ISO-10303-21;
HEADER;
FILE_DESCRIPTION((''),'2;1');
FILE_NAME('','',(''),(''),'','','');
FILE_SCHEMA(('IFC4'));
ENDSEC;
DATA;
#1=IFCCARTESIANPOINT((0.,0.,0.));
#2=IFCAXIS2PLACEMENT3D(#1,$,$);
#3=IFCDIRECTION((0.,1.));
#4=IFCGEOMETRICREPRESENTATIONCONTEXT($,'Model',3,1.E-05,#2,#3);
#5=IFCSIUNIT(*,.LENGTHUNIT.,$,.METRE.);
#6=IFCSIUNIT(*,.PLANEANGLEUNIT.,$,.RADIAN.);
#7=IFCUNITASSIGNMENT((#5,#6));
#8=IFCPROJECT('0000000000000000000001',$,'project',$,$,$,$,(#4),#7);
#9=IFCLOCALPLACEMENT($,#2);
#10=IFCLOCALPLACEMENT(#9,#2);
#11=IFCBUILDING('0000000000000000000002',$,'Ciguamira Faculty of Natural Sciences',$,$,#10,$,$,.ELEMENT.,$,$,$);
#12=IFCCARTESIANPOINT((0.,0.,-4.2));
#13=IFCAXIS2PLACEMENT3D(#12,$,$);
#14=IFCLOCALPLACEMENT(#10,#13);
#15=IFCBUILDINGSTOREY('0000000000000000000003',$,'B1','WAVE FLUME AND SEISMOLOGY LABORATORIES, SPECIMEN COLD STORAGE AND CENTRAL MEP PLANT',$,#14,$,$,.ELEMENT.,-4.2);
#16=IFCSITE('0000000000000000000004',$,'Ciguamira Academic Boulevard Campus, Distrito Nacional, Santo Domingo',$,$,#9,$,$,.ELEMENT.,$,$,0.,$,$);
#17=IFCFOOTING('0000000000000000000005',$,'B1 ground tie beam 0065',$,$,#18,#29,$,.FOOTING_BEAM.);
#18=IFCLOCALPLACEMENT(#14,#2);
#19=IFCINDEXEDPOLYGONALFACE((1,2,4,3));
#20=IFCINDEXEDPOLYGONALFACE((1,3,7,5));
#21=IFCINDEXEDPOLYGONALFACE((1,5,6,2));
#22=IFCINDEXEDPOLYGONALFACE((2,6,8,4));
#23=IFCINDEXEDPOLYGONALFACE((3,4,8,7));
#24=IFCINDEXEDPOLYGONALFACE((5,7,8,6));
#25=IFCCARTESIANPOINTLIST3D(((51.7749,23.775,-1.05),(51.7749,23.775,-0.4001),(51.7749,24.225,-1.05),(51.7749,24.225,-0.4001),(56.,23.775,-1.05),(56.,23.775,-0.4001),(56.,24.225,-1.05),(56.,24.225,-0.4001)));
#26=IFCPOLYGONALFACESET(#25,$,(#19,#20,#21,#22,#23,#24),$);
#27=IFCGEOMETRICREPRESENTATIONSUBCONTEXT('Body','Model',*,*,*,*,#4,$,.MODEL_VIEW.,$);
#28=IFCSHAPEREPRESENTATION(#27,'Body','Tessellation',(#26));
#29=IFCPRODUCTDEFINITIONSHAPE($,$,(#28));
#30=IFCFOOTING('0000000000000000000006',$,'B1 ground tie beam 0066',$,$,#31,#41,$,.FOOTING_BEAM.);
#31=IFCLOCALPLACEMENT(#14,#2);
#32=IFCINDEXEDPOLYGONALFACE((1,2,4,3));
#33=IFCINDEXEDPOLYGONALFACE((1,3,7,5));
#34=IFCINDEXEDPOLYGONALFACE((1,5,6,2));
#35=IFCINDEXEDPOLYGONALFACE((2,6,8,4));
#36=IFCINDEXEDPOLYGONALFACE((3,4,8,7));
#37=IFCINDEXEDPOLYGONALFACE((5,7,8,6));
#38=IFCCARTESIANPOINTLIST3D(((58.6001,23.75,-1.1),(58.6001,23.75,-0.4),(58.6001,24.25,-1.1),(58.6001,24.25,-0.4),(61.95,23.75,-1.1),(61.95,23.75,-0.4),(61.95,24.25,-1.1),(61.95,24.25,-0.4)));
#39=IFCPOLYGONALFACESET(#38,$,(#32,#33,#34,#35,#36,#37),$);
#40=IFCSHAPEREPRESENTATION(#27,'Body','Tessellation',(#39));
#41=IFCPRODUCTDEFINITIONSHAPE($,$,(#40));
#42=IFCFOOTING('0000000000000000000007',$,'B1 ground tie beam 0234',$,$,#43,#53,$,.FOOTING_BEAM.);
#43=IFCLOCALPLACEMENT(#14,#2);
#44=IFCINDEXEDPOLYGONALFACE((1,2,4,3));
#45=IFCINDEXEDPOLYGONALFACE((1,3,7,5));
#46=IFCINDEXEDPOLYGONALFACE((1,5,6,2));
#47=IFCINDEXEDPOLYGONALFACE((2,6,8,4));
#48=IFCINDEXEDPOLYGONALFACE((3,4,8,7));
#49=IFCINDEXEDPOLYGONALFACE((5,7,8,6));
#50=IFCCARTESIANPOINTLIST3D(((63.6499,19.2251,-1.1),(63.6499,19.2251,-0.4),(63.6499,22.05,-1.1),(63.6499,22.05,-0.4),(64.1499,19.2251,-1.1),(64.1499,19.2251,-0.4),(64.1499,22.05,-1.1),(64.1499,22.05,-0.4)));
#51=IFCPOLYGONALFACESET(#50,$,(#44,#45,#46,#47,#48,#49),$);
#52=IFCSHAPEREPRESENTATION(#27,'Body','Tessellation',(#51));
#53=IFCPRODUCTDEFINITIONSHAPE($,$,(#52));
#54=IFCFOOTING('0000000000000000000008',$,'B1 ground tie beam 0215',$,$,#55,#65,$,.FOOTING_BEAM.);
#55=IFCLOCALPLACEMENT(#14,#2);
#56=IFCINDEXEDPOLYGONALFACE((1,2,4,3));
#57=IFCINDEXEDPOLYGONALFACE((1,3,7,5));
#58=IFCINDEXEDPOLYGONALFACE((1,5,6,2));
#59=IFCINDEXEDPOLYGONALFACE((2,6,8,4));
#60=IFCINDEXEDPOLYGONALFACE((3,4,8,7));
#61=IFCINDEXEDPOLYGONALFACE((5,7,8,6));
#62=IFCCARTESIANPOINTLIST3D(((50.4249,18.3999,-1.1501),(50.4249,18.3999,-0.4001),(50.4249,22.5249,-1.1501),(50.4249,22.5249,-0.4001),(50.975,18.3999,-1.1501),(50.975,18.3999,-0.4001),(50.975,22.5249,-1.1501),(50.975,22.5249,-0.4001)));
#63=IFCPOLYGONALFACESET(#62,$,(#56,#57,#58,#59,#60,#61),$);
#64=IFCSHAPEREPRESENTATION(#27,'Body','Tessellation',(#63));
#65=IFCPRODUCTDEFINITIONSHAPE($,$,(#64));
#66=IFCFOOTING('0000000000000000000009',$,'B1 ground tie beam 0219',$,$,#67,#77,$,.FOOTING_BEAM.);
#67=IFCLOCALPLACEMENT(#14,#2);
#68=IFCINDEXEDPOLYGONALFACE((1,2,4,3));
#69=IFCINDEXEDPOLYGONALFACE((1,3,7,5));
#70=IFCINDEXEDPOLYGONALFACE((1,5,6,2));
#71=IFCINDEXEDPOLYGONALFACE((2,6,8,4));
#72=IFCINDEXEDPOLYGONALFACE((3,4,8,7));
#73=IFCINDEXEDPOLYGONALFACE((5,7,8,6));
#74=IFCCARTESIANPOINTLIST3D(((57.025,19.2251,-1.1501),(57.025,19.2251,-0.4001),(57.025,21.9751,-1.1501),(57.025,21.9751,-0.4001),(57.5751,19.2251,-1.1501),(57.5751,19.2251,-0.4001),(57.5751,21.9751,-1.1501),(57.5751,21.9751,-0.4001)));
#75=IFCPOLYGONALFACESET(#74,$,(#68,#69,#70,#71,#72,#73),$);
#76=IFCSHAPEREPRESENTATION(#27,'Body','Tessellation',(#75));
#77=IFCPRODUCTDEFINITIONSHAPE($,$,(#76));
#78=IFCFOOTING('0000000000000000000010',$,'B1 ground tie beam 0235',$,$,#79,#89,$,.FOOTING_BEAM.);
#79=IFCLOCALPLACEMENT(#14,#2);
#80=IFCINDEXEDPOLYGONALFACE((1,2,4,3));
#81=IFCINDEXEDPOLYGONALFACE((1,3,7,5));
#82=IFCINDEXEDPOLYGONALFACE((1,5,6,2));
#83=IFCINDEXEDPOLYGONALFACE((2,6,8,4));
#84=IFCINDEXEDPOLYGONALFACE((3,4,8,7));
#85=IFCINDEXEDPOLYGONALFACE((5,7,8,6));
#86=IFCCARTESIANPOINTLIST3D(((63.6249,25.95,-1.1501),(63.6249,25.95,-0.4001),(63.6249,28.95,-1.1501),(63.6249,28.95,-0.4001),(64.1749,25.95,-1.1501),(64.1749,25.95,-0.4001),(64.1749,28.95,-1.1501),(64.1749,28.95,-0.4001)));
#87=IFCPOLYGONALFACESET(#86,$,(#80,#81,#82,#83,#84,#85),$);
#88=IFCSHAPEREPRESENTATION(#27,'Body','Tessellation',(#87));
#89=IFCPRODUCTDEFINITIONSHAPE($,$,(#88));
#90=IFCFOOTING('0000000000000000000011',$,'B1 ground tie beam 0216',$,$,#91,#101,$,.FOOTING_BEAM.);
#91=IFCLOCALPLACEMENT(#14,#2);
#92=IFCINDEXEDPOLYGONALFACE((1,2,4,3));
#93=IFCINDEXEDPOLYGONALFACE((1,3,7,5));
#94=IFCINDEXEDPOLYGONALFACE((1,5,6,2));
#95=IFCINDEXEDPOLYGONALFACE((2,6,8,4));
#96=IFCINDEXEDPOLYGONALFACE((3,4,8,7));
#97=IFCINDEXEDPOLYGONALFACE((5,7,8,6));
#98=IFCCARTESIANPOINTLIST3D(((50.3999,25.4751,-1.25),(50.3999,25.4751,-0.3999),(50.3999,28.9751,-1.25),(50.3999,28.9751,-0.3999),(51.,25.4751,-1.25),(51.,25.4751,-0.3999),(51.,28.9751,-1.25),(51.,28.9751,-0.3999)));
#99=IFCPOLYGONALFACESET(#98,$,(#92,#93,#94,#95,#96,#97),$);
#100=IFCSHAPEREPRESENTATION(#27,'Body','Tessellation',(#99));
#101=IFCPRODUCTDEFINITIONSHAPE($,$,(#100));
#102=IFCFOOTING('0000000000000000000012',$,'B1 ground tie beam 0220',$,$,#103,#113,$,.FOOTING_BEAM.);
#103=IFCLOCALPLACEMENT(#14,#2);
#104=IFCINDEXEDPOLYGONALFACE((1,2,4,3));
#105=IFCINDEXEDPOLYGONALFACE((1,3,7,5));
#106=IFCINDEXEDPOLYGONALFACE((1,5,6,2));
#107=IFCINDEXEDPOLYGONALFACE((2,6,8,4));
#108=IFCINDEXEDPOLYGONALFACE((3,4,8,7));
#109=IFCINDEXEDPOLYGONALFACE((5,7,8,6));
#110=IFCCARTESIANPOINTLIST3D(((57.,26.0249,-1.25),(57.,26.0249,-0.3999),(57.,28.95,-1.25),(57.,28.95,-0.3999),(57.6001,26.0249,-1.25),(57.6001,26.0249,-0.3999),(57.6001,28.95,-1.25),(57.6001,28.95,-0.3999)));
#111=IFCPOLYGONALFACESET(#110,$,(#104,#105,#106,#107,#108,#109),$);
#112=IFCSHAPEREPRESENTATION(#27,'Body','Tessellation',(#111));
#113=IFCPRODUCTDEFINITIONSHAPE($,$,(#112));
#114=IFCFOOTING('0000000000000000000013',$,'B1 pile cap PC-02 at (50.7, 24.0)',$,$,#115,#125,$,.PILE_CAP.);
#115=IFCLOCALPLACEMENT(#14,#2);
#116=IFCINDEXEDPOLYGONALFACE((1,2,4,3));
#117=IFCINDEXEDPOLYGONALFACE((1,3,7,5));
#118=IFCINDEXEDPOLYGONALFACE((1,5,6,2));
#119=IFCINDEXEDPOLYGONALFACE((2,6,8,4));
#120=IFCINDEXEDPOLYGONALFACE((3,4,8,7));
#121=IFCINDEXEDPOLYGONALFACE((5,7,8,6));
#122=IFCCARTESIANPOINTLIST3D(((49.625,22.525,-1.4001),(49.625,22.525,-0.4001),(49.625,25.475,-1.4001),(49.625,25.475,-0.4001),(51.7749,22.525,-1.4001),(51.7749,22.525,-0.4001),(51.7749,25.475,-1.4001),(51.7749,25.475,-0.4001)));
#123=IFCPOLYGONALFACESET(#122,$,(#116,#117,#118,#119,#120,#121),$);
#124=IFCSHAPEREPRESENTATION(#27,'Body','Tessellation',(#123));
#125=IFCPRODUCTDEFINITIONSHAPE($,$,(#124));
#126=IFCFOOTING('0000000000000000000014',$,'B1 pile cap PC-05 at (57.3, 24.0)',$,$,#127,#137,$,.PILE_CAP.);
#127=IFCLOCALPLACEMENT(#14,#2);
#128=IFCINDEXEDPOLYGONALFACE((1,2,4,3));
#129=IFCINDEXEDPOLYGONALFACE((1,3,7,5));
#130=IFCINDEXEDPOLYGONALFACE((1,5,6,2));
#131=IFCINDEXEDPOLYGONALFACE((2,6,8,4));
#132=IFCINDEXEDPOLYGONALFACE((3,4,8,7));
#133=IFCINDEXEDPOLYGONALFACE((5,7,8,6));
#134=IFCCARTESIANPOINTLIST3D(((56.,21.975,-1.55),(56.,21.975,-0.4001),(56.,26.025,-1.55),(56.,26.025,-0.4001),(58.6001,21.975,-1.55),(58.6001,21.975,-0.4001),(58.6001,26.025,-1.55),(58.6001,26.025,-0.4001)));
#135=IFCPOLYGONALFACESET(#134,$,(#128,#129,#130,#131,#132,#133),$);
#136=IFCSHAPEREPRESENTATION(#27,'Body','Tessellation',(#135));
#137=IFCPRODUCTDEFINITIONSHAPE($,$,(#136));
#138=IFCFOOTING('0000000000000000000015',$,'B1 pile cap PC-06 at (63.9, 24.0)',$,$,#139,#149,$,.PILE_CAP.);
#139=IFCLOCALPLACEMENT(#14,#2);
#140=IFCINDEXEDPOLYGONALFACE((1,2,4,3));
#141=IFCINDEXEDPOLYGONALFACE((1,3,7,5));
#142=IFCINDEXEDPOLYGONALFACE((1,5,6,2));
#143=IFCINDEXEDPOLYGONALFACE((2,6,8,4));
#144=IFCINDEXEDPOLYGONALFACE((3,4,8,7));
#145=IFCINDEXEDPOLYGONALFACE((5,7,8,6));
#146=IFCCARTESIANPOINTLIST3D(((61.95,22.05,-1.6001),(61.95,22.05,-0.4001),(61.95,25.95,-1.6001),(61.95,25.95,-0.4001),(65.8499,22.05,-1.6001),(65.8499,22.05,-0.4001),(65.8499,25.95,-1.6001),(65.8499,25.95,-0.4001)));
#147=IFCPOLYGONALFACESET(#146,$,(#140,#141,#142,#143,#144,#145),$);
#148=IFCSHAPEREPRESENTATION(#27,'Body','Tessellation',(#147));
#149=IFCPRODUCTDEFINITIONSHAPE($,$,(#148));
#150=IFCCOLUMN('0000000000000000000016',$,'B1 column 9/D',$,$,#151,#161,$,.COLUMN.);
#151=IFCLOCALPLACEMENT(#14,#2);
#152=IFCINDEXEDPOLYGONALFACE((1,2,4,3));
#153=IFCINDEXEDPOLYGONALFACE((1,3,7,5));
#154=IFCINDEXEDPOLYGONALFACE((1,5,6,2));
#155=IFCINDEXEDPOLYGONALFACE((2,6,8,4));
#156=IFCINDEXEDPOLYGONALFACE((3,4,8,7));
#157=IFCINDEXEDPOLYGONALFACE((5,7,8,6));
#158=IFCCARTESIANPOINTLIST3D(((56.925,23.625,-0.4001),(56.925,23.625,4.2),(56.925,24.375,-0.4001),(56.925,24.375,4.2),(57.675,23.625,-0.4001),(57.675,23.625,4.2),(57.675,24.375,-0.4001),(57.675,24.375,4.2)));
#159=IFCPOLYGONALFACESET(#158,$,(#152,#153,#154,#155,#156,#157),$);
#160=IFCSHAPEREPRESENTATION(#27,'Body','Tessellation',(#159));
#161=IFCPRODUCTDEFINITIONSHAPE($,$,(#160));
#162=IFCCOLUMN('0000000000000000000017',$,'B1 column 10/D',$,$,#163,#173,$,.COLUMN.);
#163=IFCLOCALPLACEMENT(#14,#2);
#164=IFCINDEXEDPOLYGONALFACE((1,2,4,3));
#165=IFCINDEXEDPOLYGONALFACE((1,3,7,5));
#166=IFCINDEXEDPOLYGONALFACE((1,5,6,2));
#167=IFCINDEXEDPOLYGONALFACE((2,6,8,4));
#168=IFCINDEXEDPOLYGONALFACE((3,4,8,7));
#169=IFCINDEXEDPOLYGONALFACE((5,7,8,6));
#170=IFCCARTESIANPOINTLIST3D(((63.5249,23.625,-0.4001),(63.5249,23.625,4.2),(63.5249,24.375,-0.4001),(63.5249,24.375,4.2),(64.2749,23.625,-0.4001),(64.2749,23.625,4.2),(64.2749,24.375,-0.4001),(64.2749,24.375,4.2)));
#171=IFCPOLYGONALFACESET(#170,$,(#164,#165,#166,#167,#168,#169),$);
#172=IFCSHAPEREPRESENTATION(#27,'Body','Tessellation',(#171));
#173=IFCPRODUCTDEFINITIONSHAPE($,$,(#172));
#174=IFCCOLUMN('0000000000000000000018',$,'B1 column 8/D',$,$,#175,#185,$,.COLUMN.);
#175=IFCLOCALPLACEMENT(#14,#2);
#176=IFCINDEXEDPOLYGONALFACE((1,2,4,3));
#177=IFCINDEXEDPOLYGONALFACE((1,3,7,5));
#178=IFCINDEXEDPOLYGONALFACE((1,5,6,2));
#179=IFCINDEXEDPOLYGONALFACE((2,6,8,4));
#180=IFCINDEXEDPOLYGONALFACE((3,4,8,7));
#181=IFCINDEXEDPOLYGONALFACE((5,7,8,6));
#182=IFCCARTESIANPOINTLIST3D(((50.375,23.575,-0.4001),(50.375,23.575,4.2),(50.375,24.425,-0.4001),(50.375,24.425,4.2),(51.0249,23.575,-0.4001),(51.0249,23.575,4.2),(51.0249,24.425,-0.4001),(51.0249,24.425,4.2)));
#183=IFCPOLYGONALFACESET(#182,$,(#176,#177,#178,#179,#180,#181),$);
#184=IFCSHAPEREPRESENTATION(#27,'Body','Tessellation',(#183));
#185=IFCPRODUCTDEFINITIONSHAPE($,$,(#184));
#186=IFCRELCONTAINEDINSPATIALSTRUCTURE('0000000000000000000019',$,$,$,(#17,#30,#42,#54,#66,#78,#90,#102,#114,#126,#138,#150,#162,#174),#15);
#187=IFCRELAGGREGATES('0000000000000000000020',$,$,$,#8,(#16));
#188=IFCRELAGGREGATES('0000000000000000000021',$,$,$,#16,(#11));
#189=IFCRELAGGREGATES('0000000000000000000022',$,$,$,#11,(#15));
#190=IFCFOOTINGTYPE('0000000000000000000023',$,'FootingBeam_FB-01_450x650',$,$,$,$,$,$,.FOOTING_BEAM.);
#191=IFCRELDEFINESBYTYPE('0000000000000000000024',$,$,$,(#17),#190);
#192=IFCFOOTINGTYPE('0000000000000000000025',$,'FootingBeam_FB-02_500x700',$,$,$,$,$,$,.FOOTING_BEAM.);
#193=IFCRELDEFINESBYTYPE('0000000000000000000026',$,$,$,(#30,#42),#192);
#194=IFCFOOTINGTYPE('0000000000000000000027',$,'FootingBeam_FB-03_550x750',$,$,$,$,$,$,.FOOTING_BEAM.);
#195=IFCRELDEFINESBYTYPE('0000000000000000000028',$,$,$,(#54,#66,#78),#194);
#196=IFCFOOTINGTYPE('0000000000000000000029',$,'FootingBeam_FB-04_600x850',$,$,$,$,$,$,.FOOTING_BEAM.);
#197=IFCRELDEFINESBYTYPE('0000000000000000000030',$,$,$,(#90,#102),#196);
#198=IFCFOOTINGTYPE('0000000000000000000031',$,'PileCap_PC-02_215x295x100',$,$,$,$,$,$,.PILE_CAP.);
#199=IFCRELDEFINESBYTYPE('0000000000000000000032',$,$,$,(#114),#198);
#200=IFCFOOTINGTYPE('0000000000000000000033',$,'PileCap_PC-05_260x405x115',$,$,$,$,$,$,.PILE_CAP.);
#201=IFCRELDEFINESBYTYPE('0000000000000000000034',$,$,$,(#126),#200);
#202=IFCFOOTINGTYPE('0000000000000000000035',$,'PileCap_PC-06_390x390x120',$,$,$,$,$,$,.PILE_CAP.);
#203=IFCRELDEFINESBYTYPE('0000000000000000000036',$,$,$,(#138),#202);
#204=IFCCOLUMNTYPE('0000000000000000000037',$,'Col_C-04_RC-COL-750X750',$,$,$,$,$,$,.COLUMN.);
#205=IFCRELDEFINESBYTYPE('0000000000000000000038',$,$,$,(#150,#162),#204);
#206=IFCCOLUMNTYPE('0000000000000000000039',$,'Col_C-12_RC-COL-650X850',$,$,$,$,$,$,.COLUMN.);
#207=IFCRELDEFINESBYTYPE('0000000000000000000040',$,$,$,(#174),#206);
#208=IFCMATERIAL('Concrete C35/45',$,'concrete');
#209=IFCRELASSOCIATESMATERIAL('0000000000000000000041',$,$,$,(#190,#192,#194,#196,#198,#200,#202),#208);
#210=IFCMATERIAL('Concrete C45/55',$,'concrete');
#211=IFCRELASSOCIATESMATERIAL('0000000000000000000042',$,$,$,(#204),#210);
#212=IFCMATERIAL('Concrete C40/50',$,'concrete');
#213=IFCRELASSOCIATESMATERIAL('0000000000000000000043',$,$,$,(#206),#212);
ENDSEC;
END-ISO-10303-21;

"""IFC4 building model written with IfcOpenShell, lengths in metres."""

from ifc_helpers import new_model, si_unit, direction, frame, origin, origin_2d, place, context, subcontext, project, spatial, rectangle, extrude, material, material_profile, profile_set, type_object, element, save


model = new_model("IFC4")

# Units and contexts
model_context = context("Model", 3, precision=1e-05, world=origin(), true_north=direction((0.0, 1.0)))
body_context = subcontext(model_context, "Body", "Model", "MODEL_VIEW")
ifc_project = project(units=[si_unit("LENGTHUNIT", "METRE"), si_unit("PLANEANGLEUNIT", "RADIAN")], contexts=[model_context])

# Site, building, storey
site_placement = place(None, origin())
site = spatial("IfcSite", under=ifc_project, at=site_placement, Name="Ciguamira Academic Boulevard Campus, Distrito Nacional, Santo Domingo", CompositionType="ELEMENT", RefElevation=0.0)
building_placement = place(site_placement, origin())
building = spatial("IfcBuilding", under=site, at=building_placement, Name="Ciguamira Faculty of Natural Sciences", CompositionType="ELEMENT")
storey_placement = place(building_placement, frame((0.0, 0.0, -4.2)))
storey = spatial("IfcBuildingStorey", under=building, at=storey_placement, Name="B1", Description="WAVE FLUME AND SEISMOLOGY LABORATORIES, SPECIMEN COLD STORAGE AND CENTRAL MEP PLANT", CompositionType="ELEMENT", Elevation=-4.2)

# Shared definitions
ifc_material_1 = material(Name="Concrete C35/45", Category="concrete")

# Footings
ifc_material_profile_1 = material_profile(ifc_material_1, rectangle(XDim=0.45, YDim=0.6499, at=origin_2d()), Name="RC-FB-450X650")
ifc_profile_set_1 = profile_set([ifc_material_profile_1], Name="Concrete C35/45")
footing_type_1 = type_object("IfcFootingType", Name="FootingBeam_FB-01_450x650", PredefinedType="FOOTING_BEAM", material=ifc_profile_set_1)
footing_1_placement = place(storey_placement, frame((51.7749, 24.0, -0.7251), z_axis=(1.0, 0.0, 0.0), x_axis=(0.0, 1.0, 0.0)))
element("IfcFooting", 1, at=footing_1_placement, inside=storey, type_object=footing_type_1, Name="B1 ground tie beam 0065", PredefinedType="FOOTING_BEAM", context=body_context, shape_type="SweptSolid", body=[
    extrude(rectangle(XDim=0.45, YDim=0.6499, at=origin_2d()), origin(), (0.0, 0.0, 1.0), 4.2251),
])
ifc_material_profile_2 = material_profile(ifc_material_1, rectangle(XDim=0.5, YDim=0.7, at=origin_2d()), Name="RC-FB-500X700")
ifc_profile_set_2 = profile_set([ifc_material_profile_2], Name="Concrete C35/45")
footing_type_2 = type_object("IfcFootingType", Name="FootingBeam_FB-02_500x700", PredefinedType="FOOTING_BEAM", material=ifc_profile_set_2)
footing_2_placement = place(storey_placement, frame((58.6001, 24.0, -0.75), z_axis=(1.0, 0.0, 0.0), x_axis=(0.0, 1.0, 0.0)))
element("IfcFooting", 2, at=footing_2_placement, inside=storey, type_object=footing_type_2, Name="B1 ground tie beam 0066", PredefinedType="FOOTING_BEAM", context=body_context, shape_type="SweptSolid", body=[
    extrude(rectangle(XDim=0.5, YDim=0.7, at=origin_2d()), origin(), (0.0, 0.0, 1.0), 3.3499),
])
footing_3_placement = place(storey_placement, frame((63.8999, 19.2251, -0.75), z_axis=(0.0, 1.0, 0.0), x_axis=(-1.0, 0.0, 0.0)))
element("IfcFooting", 3, at=footing_3_placement, inside=storey, type_object=footing_type_2, Name="B1 ground tie beam 0234", PredefinedType="FOOTING_BEAM", context=body_context, shape_type="SweptSolid", body=[
    extrude(rectangle(XDim=0.5, YDim=0.7, at=origin_2d()), origin(), (0.0, 0.0, 1.0), 2.825),
])
ifc_material_profile_3 = material_profile(ifc_material_1, rectangle(XDim=0.55, YDim=0.75, at=origin_2d()), Name="RC-FB-550X750")
ifc_profile_set_3 = profile_set([ifc_material_profile_3], Name="Concrete C35/45")
footing_type_3 = type_object("IfcFootingType", Name="FootingBeam_FB-03_550x750", PredefinedType="FOOTING_BEAM", material=ifc_profile_set_3)
footing_4_placement = place(storey_placement, frame((50.7, 18.3999, -0.7751), z_axis=(0.0, 1.0, 0.0), x_axis=(-1.0, 0.0, 0.0)))
element("IfcFooting", 4, at=footing_4_placement, inside=storey, type_object=footing_type_3, Name="B1 ground tie beam 0215", PredefinedType="FOOTING_BEAM", context=body_context, shape_type="SweptSolid", body=[
    extrude(rectangle(XDim=0.55, YDim=0.75, at=origin_2d()), origin(), (0.0, 0.0, 1.0), 4.125),
])
footing_5_placement = place(storey_placement, frame((57.3, 19.2251, -0.7751), z_axis=(0.0, 1.0, 0.0), x_axis=(-1.0, 0.0, 0.0)))
element("IfcFooting", 5, at=footing_5_placement, inside=storey, type_object=footing_type_3, Name="B1 ground tie beam 0219", PredefinedType="FOOTING_BEAM", context=body_context, shape_type="SweptSolid", body=[
    extrude(rectangle(XDim=0.55, YDim=0.75, at=origin_2d()), origin(), (0.0, 0.0, 1.0), 2.75),
])
footing_6_placement = place(storey_placement, frame((63.8999, 25.95, -0.7751), z_axis=(0.0, 1.0, 0.0), x_axis=(-1.0, 0.0, 0.0)))
element("IfcFooting", 6, at=footing_6_placement, inside=storey, type_object=footing_type_3, Name="B1 ground tie beam 0235", PredefinedType="FOOTING_BEAM", context=body_context, shape_type="SweptSolid", body=[
    extrude(rectangle(XDim=0.55, YDim=0.75, at=origin_2d()), origin(), (0.0, 0.0, 1.0), 3.0),
])
ifc_material_profile_4 = material_profile(ifc_material_1, rectangle(XDim=0.6001, YDim=0.8501, at=origin_2d()), Name="RC-FB-600X850")
ifc_profile_set_4 = profile_set([ifc_material_profile_4], Name="Concrete C35/45")
footing_type_4 = type_object("IfcFootingType", Name="FootingBeam_FB-04_600x850", PredefinedType="FOOTING_BEAM", material=ifc_profile_set_4)
footing_7_placement = place(storey_placement, frame((50.7, 25.4751, -0.825), z_axis=(0.0, 1.0, 0.0), x_axis=(-1.0, 0.0, 0.0)))
element("IfcFooting", 7, at=footing_7_placement, inside=storey, type_object=footing_type_4, Name="B1 ground tie beam 0216", PredefinedType="FOOTING_BEAM", context=body_context, shape_type="SweptSolid", body=[
    extrude(rectangle(XDim=0.6001, YDim=0.8501, at=origin_2d()), origin(), (0.0, 0.0, 1.0), 3.5),
])
footing_8_placement = place(storey_placement, frame((57.3, 26.0249, -0.825), z_axis=(0.0, 1.0, 0.0), x_axis=(-1.0, 0.0, 0.0)))
element("IfcFooting", 8, at=footing_8_placement, inside=storey, type_object=footing_type_4, Name="B1 ground tie beam 0220", PredefinedType="FOOTING_BEAM", context=body_context, shape_type="SweptSolid", body=[
    extrude(rectangle(XDim=0.6001, YDim=0.8501, at=origin_2d()), origin(), (0.0, 0.0, 1.0), 2.925),
])
footing_type_5 = type_object("IfcFootingType", Name="PileCap_PC-02_215x295x100", PredefinedType="PILE_CAP", material=ifc_material_1)
footing_9_placement = place(storey_placement, frame((50.7, 24.0, -1.4001), z_axis=(0.0, 0.0, 1.0), x_axis=(1.0, 0.0, 0.0)))
element("IfcFooting", 9, at=footing_9_placement, inside=storey, type_object=footing_type_5, Name="B1 pile cap PC-02 at (50.7, 24.0)", PredefinedType="PILE_CAP", context=body_context, shape_type="SweptSolid", body=[
    extrude(rectangle(XDim=2.1499, YDim=2.95, at=origin_2d()), origin(), (0.0, 0.0, 1.0), 1.0),
])
footing_type_6 = type_object("IfcFootingType", Name="PileCap_PC-05_260x405x115", PredefinedType="PILE_CAP", material=ifc_material_1)
footing_10_placement = place(storey_placement, frame((57.3, 24.0, -1.55), z_axis=(0.0, 0.0, 1.0), x_axis=(1.0, 0.0, 0.0)))
element("IfcFooting", 10, at=footing_10_placement, inside=storey, type_object=footing_type_6, Name="B1 pile cap PC-05 at (57.3, 24.0)", PredefinedType="PILE_CAP", context=body_context, shape_type="SweptSolid", body=[
    extrude(rectangle(XDim=2.6001, YDim=4.05, at=origin_2d()), origin(), (0.0, 0.0, 1.0), 1.1499),
])
footing_type_7 = type_object("IfcFootingType", Name="PileCap_PC-06_390x390x120", PredefinedType="PILE_CAP", material=ifc_material_1)
footing_11_placement = place(storey_placement, frame((63.8999, 24.0, -1.6001), z_axis=(0.0, 0.0, 1.0), x_axis=(1.0, 0.0, 0.0)))
element("IfcFooting", 11, at=footing_11_placement, inside=storey, type_object=footing_type_7, Name="B1 pile cap PC-06 at (63.9, 24.0)", PredefinedType="PILE_CAP", context=body_context, shape_type="SweptSolid", body=[
    extrude(rectangle(XDim=3.8999, YDim=3.8999, at=origin_2d()), origin(), (0.0, 0.0, 1.0), 1.2),
])

# Columns
ifc_material_2 = material(Name="Concrete C45/55", Category="concrete")
ifc_material_profile_5 = material_profile(ifc_material_2, rectangle(XDim=0.75, YDim=0.75, at=origin_2d()), Name="RC-COL-750X750")
ifc_profile_set_5 = profile_set([ifc_material_profile_5], Name="Concrete C45/55")
column_type_1 = type_object("IfcColumnType", Name="Col_C-04_RC-COL-750X750", PredefinedType="COLUMN", material=ifc_profile_set_5)
for number, where, z_axis, x_axis, name in (
    (12, (57.3, 24.0, -0.4001), (0.0, 0.0, 1.0), (1.0, 0.0, 0.0), "B1 column 9/D"),
    (13, (63.8999, 24.0, -0.4001), (0.0, 0.0, 1.0), (1.0, 0.0, 0.0), "B1 column 10/D"),
):
    element("IfcColumn", number, at=place(storey_placement, frame(where, z_axis=z_axis, x_axis=x_axis)), inside=storey, type_object=column_type_1, Name=name, PredefinedType="COLUMN", context=body_context, shape_type="SweptSolid", body=[
        extrude(rectangle(XDim=0.75, YDim=0.75, at=origin_2d()), origin(), (0.0, 0.0, 1.0), 4.6001),
    ])
ifc_material_3 = material(Name="Concrete C40/50", Category="concrete")
ifc_material_profile_6 = material_profile(ifc_material_3, rectangle(XDim=0.6499, YDim=0.8501, at=origin_2d()), Name="RC-COL-650X850")
ifc_profile_set_6 = profile_set([ifc_material_profile_6], Name="Concrete C40/50")
column_type_2 = type_object("IfcColumnType", Name="Col_C-12_RC-COL-650X850", PredefinedType="COLUMN", material=ifc_profile_set_6)
column_placement = place(storey_placement, frame((50.7, 24.0, -0.4001), z_axis=(0.0, 0.0, 1.0), x_axis=(1.0, 0.0, 0.0)))
element("IfcColumn", 14, at=column_placement, inside=storey, type_object=column_type_2, Name="B1 column 8/D", PredefinedType="COLUMN", context=body_context, shape_type="SweptSolid", body=[
    extrude(rectangle(XDim=0.6499, YDim=0.8501, at=origin_2d()), origin(), (0.0, 0.0, 1.0), 4.6001),
])

save(model, "model.ifc")
